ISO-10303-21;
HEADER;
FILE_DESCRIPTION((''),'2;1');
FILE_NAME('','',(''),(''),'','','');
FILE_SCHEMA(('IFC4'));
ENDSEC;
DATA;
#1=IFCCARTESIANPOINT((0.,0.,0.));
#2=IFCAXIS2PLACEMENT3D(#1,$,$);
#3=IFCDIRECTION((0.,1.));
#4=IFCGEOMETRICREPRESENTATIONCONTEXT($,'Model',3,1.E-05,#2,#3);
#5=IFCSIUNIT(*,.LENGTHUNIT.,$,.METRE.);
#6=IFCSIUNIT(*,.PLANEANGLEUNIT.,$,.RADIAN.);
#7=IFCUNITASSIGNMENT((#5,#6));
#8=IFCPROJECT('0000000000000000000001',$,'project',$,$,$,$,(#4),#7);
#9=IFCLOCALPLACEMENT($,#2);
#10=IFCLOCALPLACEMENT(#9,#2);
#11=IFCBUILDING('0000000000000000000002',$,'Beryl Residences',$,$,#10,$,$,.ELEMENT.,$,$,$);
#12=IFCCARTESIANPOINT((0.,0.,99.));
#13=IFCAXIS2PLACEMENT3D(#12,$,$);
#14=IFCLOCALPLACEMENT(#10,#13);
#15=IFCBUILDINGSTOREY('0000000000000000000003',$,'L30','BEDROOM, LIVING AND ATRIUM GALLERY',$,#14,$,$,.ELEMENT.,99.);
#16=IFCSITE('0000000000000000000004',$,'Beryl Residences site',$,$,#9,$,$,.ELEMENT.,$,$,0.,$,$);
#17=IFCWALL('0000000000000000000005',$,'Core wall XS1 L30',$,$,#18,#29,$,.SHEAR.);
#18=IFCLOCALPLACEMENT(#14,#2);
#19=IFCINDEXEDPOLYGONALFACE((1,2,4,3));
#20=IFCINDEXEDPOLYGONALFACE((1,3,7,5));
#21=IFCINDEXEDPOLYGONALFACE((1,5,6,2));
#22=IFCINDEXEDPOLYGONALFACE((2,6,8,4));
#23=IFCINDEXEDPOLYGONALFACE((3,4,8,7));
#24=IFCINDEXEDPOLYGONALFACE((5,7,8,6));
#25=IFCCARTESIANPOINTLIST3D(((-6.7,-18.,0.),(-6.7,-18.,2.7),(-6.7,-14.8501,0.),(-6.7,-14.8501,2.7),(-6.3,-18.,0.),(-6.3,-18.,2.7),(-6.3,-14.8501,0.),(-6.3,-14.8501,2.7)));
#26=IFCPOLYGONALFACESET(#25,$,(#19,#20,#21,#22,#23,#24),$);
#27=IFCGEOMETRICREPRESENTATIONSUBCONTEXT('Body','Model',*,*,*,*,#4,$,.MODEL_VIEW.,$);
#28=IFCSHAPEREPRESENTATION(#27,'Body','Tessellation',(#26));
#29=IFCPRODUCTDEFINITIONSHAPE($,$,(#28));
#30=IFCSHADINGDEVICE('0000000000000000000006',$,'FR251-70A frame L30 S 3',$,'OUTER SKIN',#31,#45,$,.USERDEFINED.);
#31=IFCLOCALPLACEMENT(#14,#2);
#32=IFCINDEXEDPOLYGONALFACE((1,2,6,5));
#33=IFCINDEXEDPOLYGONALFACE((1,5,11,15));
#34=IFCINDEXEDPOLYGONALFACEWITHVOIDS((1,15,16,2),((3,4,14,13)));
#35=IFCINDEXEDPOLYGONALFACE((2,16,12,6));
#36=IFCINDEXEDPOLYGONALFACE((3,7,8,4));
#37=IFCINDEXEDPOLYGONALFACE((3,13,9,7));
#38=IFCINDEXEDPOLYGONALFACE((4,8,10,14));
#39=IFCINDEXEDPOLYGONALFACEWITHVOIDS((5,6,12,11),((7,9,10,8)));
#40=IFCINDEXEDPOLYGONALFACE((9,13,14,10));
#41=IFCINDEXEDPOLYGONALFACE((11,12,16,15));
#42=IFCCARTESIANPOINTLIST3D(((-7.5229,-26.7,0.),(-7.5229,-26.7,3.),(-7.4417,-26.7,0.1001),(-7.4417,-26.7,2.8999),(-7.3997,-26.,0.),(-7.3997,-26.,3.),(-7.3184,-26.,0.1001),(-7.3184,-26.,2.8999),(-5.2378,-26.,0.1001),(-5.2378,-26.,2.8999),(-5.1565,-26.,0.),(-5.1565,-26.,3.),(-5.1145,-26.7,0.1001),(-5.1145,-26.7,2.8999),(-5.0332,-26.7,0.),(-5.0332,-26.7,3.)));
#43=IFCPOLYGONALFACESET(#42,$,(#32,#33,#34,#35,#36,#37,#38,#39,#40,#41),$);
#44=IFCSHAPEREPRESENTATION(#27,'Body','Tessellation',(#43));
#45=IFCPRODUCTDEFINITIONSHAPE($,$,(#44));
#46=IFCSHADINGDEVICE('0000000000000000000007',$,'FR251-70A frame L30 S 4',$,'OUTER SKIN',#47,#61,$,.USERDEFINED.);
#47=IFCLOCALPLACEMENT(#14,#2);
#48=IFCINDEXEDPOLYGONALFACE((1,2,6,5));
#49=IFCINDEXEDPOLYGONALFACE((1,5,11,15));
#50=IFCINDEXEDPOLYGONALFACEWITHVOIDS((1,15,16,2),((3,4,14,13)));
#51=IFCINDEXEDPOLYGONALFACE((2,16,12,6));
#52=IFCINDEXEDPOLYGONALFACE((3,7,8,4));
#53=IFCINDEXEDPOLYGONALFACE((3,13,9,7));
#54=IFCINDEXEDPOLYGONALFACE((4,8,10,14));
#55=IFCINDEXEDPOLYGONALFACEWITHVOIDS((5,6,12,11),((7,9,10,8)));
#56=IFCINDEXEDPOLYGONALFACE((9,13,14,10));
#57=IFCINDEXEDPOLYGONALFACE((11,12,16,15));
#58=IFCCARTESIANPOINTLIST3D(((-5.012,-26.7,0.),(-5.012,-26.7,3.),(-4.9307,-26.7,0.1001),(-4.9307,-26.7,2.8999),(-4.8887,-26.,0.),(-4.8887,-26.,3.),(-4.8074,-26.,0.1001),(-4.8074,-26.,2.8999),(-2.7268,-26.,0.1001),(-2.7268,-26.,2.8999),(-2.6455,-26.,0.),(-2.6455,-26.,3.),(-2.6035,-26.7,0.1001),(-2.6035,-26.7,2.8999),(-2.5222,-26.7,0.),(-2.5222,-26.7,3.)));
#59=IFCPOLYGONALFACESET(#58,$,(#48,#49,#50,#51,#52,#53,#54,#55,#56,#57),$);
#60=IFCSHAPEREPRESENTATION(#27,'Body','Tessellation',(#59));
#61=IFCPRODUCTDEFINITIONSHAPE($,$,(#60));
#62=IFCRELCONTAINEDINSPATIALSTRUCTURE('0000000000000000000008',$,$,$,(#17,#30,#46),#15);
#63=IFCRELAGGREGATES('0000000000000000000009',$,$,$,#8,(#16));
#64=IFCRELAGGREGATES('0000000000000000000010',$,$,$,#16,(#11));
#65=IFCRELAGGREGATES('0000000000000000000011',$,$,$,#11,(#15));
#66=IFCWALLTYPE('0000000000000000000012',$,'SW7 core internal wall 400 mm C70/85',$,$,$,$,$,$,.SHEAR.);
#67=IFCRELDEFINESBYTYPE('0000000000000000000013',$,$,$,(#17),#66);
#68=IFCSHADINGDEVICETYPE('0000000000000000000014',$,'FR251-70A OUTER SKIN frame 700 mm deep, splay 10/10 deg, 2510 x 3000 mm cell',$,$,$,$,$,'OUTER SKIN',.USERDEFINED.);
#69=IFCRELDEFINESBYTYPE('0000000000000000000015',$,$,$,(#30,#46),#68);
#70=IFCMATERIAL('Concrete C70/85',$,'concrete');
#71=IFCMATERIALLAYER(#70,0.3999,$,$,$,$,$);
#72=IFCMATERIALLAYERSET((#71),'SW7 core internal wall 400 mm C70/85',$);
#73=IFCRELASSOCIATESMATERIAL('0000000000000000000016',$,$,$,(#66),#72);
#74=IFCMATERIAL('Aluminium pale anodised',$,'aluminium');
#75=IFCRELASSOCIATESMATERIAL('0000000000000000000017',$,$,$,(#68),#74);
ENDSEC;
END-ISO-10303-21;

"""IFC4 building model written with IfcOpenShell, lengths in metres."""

from ifc_helpers import new_model, entity, si_unit, direction, frame, frame_2d, origin, place, context, subcontext, project, spatial, rectangle, extrude, source, transform, mapped, material, layer, layer_set, type_object, type_shapes, element, save


model = new_model("IFC4")

# Units and contexts
model_context = context("Model", 3, precision=1e-05, world=origin(), true_north=direction((0.0, 1.0)))
body_context = subcontext(model_context, "Body", "Model", "MODEL_VIEW")
ifc_project = project(units=[si_unit("LENGTHUNIT", "METRE"), si_unit("PLANEANGLEUNIT", "RADIAN")], contexts=[model_context])

# Site, building, storey
site_placement = place(None, origin())
site = spatial("IfcSite", under=ifc_project, at=site_placement, Name="Beryl Residences site", CompositionType="ELEMENT", RefElevation=0.0)
building_placement = place(site_placement, origin())
building = spatial("IfcBuilding", under=site, at=building_placement, Name="Beryl Residences", CompositionType="ELEMENT")
storey_placement = place(building_placement, frame((0.0, 0.0, 99.0)))
storey = spatial("IfcBuildingStorey", under=building, at=storey_placement, Name="L30", Description="BEDROOM, LIVING AND ATRIUM GALLERY", CompositionType="ELEMENT", Elevation=99.0)

# Wall
ifc_material_1 = material(Name="Concrete C70/85", Category="concrete")
ifc_layer_1 = layer(ifc_material_1, 0.3999)
ifc_layer_set_1 = layer_set([ifc_layer_1], Name="SW7 core internal wall 400 mm C70/85")
wall_type_1 = type_object("IfcWallType", Name="SW7 core internal wall 400 mm C70/85", PredefinedType="SHEAR", material=ifc_layer_set_1)
wall_1_placement = place(storey_placement, frame((-6.5, -18.0, 0.0), z_axis=(0.0, 0.0, 1.0), x_axis=(0.0, 1.0, 0.0)))
element("IfcWall", 1, at=wall_1_placement, inside=storey, type_object=wall_type_1, Name="Core wall XS1 L30", PredefinedType="SHEAR", context=body_context, shape_type="SweptSolid", body=[
    extrude(rectangle(XDim=3.1499, YDim=0.3999, at=frame_2d((1.575, 0.0))), origin(), (0.0, 0.0, 1.0), 2.7),
])

# Shading devices
ifc_material_2 = material(Name="Aluminium pale anodised", Category="aluminium")
shading_device_type = type_object("IfcShadingDeviceType", Name="FR251-70A OUTER SKIN frame 700 mm deep, splay 10/10 deg, 2510 x 3000 mm cell", ElementType="OUTER SKIN", PredefinedType="USERDEFINED", material=ifc_material_2)
cartesian_point_1 = entity("IfcCartesianPoint", [-1.1216, 0.0])
cartesian_point_2 = entity("IfcCartesianPoint", [-1.0403, 0.1001])
cartesian_point_3 = entity("IfcCartesianPoint", [-1.2449, 0.0])
cartesian_point_4 = entity("IfcCartesianPoint", [-1.1636, 0.1001])
shared_shape = source(origin(), body_context, "Body", "SweptSolid", [
    entity("IfcExtrudedAreaSolidTapered", entity("IfcArbitraryProfileDefWithVoids", "AREA", None, entity("IfcPolyline", [cartesian_point_1, entity("IfcCartesianPoint", [1.1216, 0.0]), entity("IfcCartesianPoint", [1.1216, 3.0]), entity("IfcCartesianPoint", [-1.1216, 3.0]), cartesian_point_1]), [entity("IfcPolyline", [cartesian_point_2, entity("IfcCartesianPoint", [1.0403, 0.1001]), entity("IfcCartesianPoint", [1.0403, 2.8999]), entity("IfcCartesianPoint", [-1.0403, 2.8999]), cartesian_point_2])]), entity("IfcAxis2Placement3D", entity("IfcCartesianPoint", [0.0, 0.0, 0.0]), entity("IfcDirection", [0.0, 1.0, 0.0]), entity("IfcDirection", [-1.0, 0.0, 0.0])), entity("IfcDirection", [0.0, 0.0, 1.0]), 0.7, entity("IfcArbitraryProfileDefWithVoids", "AREA", None, entity("IfcPolyline", [cartesian_point_3, entity("IfcCartesianPoint", [1.2449, 0.0]), entity("IfcCartesianPoint", [1.2449, 3.0]), entity("IfcCartesianPoint", [-1.2449, 3.0]), cartesian_point_3]), [entity("IfcPolyline", [cartesian_point_4, entity("IfcCartesianPoint", [1.1636, 0.1001]), entity("IfcCartesianPoint", [1.1636, 2.8999]), entity("IfcCartesianPoint", [-1.1636, 2.8999]), cartesian_point_4])])),
])
type_shapes(shading_device_type, [shared_shape])
for number, where, z_axis, x_axis, name in (
    (2, (-6.2781, -26.0, 0.0), (0.0, 0.0, 1.0), (-1.0, 0.0, 0.0), "FR251-70A frame L30 S 3"),
    (3, (-3.7671, -26.0, 0.0), (0.0, 0.0, 1.0), (-1.0, 0.0, 0.0), "FR251-70A frame L30 S 4"),
):
    element("IfcShadingDevice", number, at=place(storey_placement, frame(where, z_axis=z_axis, x_axis=x_axis)), inside=storey, type_object=shading_device_type, Name=name, ObjectType="OUTER SKIN", PredefinedType="USERDEFINED", context=body_context, shape_type="MappedRepresentation", body=[
        mapped(shared_shape, transform((0.0, 0.0, 0.0))),
    ])

save(model, "model.ifc")
